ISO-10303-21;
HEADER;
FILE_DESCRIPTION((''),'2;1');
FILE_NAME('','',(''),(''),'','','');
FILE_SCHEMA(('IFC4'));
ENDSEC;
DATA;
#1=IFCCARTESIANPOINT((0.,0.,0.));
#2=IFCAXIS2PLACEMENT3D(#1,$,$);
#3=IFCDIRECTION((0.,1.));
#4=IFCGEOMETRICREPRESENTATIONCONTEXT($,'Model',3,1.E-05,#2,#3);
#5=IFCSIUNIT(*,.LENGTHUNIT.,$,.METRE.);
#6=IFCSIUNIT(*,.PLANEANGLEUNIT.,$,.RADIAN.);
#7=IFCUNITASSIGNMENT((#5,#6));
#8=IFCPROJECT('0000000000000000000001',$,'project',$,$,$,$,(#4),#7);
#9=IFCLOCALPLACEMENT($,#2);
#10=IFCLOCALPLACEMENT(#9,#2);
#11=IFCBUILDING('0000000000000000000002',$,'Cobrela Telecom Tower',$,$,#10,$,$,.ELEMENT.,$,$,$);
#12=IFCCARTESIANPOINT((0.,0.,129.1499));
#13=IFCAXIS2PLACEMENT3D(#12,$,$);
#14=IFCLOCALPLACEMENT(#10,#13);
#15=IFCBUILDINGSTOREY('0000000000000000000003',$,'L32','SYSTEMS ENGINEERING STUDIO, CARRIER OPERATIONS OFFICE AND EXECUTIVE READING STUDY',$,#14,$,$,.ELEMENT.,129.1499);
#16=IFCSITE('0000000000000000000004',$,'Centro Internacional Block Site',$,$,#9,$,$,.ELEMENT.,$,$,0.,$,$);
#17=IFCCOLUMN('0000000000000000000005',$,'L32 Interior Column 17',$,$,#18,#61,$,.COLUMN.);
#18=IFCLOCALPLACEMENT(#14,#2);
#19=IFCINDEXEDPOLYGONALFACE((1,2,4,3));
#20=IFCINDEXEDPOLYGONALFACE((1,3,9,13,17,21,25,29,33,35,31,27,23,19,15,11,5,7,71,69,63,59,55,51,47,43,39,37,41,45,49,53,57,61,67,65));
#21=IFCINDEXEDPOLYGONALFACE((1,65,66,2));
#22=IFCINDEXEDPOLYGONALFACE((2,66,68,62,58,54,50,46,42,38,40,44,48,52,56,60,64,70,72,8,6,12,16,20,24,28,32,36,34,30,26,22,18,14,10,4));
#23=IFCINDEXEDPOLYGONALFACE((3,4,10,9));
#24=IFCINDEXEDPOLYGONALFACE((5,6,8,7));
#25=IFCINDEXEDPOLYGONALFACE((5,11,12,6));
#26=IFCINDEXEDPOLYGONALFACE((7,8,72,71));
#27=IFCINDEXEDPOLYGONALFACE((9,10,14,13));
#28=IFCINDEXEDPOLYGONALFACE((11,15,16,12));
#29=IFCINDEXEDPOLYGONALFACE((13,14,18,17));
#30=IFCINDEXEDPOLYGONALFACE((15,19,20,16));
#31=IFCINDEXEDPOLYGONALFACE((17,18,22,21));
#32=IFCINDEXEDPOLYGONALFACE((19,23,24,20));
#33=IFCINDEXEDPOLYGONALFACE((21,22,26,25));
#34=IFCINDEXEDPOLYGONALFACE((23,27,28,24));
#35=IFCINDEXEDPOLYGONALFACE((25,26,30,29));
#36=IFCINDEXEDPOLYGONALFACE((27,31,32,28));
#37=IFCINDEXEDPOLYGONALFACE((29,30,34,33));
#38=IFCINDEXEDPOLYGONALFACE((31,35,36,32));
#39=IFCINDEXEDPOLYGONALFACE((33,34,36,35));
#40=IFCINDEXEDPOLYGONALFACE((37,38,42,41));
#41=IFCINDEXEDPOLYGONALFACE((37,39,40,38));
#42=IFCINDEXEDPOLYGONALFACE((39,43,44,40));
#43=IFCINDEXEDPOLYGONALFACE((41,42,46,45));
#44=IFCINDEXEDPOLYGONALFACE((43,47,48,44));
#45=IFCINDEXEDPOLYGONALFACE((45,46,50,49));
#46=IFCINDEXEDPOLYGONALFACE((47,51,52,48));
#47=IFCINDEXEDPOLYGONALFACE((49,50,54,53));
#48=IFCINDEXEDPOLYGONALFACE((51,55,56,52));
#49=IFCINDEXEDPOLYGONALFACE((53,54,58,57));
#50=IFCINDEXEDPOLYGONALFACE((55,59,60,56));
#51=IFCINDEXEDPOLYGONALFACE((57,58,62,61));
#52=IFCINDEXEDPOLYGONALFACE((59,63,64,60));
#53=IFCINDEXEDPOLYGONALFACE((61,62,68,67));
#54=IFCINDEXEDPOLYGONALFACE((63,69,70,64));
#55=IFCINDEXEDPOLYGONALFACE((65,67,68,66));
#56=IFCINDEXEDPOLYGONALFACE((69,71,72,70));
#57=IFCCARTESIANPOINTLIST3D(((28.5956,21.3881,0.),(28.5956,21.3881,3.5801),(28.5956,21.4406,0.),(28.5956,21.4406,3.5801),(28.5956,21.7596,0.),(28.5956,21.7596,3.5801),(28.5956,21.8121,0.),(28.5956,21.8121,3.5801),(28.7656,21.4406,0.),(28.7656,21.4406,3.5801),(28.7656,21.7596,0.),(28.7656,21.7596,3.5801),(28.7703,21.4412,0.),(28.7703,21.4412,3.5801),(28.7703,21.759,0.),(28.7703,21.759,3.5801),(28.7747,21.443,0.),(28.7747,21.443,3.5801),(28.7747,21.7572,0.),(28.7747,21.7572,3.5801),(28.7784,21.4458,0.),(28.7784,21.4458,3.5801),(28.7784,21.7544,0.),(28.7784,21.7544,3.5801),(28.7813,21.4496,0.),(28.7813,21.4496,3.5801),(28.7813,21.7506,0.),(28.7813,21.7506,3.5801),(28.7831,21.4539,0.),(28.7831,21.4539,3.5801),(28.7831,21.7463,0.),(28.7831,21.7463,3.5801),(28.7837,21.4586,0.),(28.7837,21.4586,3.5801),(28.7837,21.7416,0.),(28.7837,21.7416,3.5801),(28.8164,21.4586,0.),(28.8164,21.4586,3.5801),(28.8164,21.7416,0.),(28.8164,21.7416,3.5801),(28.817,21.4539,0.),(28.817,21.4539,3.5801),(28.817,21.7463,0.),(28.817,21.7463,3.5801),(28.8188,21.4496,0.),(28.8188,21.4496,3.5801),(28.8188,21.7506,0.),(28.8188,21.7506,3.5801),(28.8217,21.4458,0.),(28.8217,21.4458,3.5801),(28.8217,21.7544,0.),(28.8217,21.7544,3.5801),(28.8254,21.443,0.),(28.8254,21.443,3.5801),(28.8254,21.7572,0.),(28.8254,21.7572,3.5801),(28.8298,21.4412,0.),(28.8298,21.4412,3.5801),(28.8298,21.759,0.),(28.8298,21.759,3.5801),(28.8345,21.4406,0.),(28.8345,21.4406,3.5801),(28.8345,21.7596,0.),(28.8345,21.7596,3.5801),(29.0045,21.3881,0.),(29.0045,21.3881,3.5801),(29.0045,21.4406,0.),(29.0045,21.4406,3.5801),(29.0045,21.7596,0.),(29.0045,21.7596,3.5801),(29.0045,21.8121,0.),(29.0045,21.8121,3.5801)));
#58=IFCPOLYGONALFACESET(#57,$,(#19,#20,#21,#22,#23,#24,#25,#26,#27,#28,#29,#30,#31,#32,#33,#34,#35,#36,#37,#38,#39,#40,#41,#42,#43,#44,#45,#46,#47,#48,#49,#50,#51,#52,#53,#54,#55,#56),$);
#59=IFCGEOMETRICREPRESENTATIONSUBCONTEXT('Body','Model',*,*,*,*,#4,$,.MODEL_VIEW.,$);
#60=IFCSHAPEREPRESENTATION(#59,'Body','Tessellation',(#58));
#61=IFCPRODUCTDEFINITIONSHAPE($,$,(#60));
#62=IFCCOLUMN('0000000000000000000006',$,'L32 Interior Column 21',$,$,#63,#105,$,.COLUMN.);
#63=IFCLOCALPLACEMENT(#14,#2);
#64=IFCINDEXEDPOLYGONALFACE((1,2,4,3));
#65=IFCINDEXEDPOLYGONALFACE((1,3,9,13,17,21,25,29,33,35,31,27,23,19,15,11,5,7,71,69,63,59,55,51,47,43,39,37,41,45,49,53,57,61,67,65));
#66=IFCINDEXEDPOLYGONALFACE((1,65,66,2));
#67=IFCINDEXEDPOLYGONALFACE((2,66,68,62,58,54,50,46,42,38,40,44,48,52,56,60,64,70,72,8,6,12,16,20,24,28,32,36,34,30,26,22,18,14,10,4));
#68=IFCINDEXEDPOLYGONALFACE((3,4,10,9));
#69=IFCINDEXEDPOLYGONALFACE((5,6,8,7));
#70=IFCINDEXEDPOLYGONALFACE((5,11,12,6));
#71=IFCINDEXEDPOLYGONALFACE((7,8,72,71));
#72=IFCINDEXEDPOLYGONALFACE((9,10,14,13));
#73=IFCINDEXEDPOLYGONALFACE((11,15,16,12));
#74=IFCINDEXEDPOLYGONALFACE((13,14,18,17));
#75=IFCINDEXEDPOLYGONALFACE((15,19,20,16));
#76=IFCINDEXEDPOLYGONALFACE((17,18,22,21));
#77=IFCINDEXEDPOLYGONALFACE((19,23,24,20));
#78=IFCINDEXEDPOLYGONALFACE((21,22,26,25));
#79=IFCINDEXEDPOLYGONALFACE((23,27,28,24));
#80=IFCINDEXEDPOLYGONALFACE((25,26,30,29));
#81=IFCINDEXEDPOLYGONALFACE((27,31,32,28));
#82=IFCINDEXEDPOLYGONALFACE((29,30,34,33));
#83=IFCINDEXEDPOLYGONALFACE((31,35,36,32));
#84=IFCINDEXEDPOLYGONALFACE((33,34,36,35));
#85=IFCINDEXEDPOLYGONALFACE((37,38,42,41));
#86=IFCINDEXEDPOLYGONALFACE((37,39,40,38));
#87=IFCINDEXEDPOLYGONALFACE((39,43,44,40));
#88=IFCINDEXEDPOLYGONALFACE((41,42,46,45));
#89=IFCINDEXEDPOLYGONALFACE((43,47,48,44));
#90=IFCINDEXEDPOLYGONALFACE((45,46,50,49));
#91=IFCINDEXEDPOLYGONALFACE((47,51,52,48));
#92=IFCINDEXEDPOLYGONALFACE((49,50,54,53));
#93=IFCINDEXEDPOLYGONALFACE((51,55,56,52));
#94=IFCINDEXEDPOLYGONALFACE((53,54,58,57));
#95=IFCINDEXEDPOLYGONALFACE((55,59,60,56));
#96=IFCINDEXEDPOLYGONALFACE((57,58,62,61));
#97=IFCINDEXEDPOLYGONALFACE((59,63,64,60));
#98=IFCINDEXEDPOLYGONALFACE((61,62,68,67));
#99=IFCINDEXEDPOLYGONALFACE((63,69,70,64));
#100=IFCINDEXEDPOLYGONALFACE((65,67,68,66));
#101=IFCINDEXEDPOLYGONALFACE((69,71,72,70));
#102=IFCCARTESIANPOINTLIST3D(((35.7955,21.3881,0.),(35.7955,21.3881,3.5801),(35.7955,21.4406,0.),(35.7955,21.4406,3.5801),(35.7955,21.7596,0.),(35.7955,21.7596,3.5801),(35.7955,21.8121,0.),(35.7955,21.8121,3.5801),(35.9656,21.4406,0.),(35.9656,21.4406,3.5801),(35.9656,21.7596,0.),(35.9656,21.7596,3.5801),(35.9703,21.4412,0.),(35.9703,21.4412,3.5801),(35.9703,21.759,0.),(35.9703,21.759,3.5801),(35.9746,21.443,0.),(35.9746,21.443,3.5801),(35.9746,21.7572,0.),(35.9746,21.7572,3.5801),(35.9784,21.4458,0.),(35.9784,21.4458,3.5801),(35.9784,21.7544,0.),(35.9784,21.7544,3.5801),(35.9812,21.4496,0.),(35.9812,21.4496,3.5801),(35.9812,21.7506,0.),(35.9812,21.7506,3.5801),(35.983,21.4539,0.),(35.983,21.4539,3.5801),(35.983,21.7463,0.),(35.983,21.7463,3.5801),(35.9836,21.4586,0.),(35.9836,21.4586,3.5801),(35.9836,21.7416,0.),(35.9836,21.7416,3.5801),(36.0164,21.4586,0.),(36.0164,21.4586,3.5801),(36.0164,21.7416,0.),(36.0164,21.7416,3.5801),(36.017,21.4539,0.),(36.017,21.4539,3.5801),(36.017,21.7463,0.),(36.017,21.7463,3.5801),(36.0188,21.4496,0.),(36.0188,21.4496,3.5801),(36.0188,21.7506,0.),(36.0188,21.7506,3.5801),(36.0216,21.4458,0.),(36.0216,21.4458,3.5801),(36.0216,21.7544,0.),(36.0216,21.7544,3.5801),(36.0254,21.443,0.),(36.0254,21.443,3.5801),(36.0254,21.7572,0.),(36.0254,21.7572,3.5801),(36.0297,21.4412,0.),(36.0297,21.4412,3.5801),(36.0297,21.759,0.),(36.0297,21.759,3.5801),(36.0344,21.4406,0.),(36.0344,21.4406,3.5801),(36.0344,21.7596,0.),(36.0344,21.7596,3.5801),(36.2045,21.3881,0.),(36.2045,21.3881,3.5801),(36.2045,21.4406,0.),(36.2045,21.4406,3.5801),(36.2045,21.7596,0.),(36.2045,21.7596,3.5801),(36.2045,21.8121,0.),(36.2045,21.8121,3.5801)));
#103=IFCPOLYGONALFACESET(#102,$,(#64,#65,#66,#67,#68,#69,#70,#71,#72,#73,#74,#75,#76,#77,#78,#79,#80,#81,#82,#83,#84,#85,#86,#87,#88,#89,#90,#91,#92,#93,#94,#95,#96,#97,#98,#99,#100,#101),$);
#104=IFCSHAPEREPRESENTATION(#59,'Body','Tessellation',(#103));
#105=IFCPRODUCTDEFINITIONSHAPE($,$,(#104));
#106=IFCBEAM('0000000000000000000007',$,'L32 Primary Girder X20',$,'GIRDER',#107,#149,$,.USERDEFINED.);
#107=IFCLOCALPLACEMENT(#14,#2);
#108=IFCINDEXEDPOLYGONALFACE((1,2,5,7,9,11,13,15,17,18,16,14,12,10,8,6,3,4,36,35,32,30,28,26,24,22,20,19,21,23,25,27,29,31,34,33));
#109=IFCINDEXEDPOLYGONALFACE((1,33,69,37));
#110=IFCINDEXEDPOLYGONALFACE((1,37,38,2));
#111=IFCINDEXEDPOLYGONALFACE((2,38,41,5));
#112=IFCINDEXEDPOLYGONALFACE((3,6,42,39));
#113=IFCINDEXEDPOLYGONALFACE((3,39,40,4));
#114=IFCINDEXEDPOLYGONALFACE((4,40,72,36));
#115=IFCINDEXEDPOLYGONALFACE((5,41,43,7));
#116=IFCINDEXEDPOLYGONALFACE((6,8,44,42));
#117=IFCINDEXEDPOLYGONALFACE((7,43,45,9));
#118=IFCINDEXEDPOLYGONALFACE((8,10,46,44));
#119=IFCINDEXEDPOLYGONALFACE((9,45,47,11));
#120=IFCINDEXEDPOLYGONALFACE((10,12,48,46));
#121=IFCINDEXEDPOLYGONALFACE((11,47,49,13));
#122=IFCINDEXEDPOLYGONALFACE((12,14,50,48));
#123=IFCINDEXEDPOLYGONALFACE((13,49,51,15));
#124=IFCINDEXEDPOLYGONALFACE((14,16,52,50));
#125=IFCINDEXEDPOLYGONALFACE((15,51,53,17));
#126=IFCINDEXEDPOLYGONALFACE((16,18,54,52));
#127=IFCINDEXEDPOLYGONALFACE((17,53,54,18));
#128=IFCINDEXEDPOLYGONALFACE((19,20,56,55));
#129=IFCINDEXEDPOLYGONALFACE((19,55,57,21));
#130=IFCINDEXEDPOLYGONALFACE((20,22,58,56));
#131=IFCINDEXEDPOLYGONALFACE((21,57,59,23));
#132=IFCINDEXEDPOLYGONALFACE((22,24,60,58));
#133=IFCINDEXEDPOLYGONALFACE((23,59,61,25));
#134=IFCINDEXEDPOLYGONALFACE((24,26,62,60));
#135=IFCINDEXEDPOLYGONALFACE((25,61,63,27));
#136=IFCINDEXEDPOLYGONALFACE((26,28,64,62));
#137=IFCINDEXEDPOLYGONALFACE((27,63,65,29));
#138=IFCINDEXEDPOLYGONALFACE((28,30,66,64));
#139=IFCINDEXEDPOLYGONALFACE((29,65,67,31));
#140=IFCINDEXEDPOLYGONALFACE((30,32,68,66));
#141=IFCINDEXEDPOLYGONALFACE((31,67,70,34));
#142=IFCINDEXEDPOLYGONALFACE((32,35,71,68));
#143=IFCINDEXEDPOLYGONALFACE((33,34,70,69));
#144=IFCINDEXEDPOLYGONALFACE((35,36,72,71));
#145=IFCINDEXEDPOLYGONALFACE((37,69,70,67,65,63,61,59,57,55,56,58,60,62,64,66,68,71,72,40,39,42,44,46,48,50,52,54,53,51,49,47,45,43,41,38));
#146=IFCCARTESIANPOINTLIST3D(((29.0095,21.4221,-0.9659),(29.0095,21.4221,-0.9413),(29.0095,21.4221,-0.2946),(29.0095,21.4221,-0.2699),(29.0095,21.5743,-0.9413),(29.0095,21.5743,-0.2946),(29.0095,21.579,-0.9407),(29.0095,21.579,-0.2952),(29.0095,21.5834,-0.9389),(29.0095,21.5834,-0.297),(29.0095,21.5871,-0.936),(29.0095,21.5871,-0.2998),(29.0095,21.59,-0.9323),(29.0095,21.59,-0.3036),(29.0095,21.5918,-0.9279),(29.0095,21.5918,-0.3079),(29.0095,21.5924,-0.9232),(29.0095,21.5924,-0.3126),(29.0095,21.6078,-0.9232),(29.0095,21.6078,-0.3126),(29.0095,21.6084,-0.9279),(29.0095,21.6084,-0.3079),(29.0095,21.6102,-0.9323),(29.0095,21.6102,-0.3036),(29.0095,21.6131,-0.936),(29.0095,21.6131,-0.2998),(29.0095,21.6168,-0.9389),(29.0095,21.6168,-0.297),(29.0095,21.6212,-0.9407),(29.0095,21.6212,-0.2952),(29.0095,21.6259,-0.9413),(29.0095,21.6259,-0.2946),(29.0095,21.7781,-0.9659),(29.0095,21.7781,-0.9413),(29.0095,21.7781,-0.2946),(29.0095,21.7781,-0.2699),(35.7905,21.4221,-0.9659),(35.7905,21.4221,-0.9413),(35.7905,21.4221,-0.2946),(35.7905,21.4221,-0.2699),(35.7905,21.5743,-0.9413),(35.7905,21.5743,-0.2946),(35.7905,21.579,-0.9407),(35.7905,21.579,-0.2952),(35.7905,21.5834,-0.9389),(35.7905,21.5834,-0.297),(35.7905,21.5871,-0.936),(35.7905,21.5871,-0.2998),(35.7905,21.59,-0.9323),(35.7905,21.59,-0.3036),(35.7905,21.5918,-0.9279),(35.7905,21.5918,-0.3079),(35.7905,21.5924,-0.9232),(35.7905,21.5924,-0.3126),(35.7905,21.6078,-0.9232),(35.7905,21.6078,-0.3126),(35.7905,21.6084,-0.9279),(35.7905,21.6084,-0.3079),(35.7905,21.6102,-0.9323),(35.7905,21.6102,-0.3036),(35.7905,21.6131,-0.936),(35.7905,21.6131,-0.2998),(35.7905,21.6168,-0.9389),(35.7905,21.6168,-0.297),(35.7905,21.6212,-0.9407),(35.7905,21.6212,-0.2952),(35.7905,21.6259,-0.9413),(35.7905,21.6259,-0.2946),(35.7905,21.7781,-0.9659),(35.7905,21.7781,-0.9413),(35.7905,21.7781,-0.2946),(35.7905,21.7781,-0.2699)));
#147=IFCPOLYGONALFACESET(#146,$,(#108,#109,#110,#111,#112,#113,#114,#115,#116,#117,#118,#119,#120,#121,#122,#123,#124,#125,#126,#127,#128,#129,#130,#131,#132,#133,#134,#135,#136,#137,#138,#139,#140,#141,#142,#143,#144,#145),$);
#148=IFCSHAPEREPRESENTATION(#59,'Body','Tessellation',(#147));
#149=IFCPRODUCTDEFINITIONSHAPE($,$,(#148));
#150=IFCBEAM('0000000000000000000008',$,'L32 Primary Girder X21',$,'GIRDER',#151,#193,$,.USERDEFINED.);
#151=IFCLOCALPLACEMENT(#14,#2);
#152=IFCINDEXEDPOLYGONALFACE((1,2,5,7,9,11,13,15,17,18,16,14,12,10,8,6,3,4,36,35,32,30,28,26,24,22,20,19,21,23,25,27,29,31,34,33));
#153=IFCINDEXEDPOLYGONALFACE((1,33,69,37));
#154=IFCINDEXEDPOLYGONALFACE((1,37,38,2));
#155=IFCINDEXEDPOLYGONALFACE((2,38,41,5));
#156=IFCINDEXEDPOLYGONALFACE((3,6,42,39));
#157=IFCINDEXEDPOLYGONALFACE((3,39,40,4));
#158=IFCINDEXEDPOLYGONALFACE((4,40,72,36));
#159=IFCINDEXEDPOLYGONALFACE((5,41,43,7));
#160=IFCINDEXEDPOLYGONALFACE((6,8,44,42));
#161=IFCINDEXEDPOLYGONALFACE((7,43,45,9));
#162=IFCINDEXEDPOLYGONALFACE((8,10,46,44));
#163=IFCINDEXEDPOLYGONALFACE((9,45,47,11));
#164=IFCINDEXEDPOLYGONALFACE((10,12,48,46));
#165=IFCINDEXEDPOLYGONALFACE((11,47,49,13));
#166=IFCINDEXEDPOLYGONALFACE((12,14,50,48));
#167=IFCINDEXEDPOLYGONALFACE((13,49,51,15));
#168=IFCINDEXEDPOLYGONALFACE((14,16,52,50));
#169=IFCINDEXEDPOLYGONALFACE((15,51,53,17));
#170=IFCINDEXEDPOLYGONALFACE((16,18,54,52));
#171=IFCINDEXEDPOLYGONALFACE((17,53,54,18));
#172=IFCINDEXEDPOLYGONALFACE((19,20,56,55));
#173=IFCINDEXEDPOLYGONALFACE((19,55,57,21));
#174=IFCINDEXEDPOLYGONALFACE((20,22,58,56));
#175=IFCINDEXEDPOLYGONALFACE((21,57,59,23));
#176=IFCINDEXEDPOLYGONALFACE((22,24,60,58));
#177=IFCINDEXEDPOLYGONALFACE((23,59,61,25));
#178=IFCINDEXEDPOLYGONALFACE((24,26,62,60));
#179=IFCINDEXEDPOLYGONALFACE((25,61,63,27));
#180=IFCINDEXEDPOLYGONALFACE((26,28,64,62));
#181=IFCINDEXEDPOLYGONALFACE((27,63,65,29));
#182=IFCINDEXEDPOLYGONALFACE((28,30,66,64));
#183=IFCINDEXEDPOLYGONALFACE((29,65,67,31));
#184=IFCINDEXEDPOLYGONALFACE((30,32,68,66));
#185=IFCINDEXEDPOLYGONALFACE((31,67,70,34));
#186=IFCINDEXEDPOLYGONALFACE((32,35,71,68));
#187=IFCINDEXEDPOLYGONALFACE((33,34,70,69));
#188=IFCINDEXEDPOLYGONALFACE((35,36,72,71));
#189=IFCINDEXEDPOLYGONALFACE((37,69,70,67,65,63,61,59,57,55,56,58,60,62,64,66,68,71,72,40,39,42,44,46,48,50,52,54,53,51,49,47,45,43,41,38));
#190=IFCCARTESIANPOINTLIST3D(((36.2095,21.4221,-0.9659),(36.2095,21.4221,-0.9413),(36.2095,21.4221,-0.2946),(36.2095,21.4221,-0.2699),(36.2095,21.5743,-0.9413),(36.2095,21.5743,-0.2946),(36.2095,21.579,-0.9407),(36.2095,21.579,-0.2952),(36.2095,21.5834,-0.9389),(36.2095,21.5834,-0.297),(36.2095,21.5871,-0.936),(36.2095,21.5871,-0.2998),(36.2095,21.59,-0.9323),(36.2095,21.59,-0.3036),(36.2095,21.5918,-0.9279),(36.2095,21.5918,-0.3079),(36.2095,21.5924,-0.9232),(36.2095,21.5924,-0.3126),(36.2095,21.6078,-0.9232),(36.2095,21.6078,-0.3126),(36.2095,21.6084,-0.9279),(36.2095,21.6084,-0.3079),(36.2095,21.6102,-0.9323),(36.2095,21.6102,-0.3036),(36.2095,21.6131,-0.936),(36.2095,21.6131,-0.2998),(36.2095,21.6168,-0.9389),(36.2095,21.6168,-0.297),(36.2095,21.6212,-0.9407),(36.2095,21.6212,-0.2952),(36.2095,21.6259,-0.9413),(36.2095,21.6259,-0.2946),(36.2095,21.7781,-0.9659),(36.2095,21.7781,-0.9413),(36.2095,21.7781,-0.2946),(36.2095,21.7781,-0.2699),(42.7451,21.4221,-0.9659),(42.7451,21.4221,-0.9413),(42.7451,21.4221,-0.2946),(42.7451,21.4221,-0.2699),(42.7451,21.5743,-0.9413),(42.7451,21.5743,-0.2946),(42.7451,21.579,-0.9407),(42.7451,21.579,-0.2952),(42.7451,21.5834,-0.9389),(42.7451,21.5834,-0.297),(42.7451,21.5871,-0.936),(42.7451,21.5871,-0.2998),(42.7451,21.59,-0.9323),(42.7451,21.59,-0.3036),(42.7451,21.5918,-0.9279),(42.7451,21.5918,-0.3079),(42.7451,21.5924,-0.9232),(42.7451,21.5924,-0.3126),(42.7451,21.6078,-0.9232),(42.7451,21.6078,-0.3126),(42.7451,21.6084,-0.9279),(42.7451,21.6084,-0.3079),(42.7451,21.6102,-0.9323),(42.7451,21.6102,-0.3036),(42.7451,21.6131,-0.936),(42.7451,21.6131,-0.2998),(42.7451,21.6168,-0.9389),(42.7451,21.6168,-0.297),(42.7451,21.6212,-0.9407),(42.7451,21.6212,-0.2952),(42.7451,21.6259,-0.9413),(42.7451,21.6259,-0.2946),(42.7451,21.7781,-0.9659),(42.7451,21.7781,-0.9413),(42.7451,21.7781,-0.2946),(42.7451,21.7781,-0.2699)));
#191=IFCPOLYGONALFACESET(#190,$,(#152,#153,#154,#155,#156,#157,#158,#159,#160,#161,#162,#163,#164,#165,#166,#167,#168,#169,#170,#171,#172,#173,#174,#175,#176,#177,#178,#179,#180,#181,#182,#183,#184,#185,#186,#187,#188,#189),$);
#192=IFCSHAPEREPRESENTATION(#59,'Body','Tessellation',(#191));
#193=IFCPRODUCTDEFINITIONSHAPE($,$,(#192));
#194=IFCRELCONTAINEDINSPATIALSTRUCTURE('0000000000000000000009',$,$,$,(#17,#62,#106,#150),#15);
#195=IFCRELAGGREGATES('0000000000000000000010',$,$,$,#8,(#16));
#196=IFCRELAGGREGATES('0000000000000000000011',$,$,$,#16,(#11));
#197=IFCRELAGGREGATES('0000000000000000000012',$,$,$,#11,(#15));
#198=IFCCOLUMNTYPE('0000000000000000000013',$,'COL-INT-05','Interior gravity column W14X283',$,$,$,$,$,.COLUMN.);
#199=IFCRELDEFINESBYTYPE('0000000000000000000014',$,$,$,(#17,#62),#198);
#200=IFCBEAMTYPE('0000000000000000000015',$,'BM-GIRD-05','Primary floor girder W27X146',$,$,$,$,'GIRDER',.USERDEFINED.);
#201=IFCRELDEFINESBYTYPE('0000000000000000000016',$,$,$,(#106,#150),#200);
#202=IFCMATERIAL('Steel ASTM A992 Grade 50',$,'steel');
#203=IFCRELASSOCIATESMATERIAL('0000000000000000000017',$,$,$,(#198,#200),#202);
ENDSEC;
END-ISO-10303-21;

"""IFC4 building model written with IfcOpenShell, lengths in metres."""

from ifc_helpers import new_model, si_unit, direction, frame, origin, origin_2d, place, context, subcontext, project, spatial, i_section, extrude, material, material_profile, profile_set, type_object, element, save


model = new_model("IFC4")

# Units and contexts
model_context = context("Model", 3, precision=1e-05, world=origin(), true_north=direction((0.0, 1.0)))
body_context = subcontext(model_context, "Body", "Model", "MODEL_VIEW")
ifc_project = project(units=[si_unit("LENGTHUNIT", "METRE"), si_unit("PLANEANGLEUNIT", "RADIAN")], contexts=[model_context])

# Site, building, storey
site_placement = place(None, origin())
site = spatial("IfcSite", under=ifc_project, at=site_placement, Name="Centro Internacional Block Site", CompositionType="ELEMENT", RefElevation=0.0)
building_placement = place(site_placement, origin())
building = spatial("IfcBuilding", under=site, at=building_placement, Name="Cobrela Telecom Tower", CompositionType="ELEMENT")
storey_placement = place(building_placement, frame((0.0, 0.0, 129.1499)))
storey = spatial("IfcBuildingStorey", under=building, at=storey_placement, Name="L32", Description="SYSTEMS ENGINEERING STUDIO, CARRIER OPERATIONS OFFICE AND EXECUTIVE READING STUDY", CompositionType="ELEMENT", Elevation=129.1499)

# Columns
ifc_material_1 = material(Name="Steel ASTM A992 Grade 50", Category="steel")
ifc_material_profile_1 = material_profile(ifc_material_1, i_section(OverallWidth=0.4089, OverallDepth=0.4241, WebThickness=0.0327, FlangeThickness=0.0525, FilletRadius=0.0181, at=origin_2d()), Name="W14X283")
ifc_profile_set_1 = profile_set([ifc_material_profile_1], Name="Steel ASTM A992 Grade 50")
column_type = type_object("IfcColumnType", Name="COL-INT-05", Description="Interior gravity column W14X283", PredefinedType="COLUMN", material=ifc_profile_set_1)
for number, where, z_axis, x_axis, name in (
    (1, (28.8, 21.6001, 0.0), (0.0, 0.0, 1.0), (1.0, 0.0, 0.0), "L32 Interior Column 17"),
    (2, (36.0, 21.6001, 0.0), (0.0, 0.0, 1.0), (1.0, 0.0, 0.0), "L32 Interior Column 21"),
):
    element("IfcColumn", number, at=place(storey_placement, frame(where, z_axis=z_axis, x_axis=x_axis)), inside=storey, type_object=column_type, Name=name, PredefinedType="COLUMN", context=body_context, shape_type="SweptSolid", body=[
        extrude(i_section(OverallWidth=0.4089, OverallDepth=0.4241, WebThickness=0.0327, FlangeThickness=0.0525, FilletRadius=0.0181, at=origin_2d()), origin(), (0.0, 0.0, 1.0), 3.5801),
    ])

# Beams
ifc_material_profile_2 = material_profile(ifc_material_1, i_section(OverallWidth=0.356, OverallDepth=0.696, WebThickness=0.0154, FlangeThickness=0.0247, FilletRadius=0.0181, at=origin_2d()), Name="W27X146")
ifc_profile_set_2 = profile_set([ifc_material_profile_2], Name="Steel ASTM A992 Grade 50")
beam_type_1 = type_object("IfcBeamType", Name="BM-GIRD-05", Description="Primary floor girder W27X146", ElementType="GIRDER", PredefinedType="USERDEFINED", material=ifc_profile_set_2)
beam_1_placement = place(storey_placement, frame((29.0095, 21.6001, -0.6179), z_axis=(1.0, 0.0, 0.0), x_axis=(0.0, 1.0, 0.0)))
element("IfcBeam", 3, at=beam_1_placement, inside=storey, type_object=beam_type_1, Name="L32 Primary Girder X20", ObjectType="GIRDER", PredefinedType="USERDEFINED", context=body_context, shape_type="SweptSolid", body=[
    extrude(i_section(OverallWidth=0.356, OverallDepth=0.696, WebThickness=0.0154, FlangeThickness=0.0247, FilletRadius=0.0181, at=origin_2d()), origin(), (0.0, 0.0, 1.0), 6.781),
])
beam_2_placement = place(storey_placement, frame((36.2095, 21.6001, -0.6179), z_axis=(1.0, 0.0, 0.0), x_axis=(0.0, 1.0, 0.0)))
element("IfcBeam", 4, at=beam_2_placement, inside=storey, type_object=beam_type_1, Name="L32 Primary Girder X21", ObjectType="GIRDER", PredefinedType="USERDEFINED", context=body_context, shape_type="SweptSolid", body=[
    extrude(i_section(OverallWidth=0.356, OverallDepth=0.696, WebThickness=0.0154, FlangeThickness=0.0247, FilletRadius=0.0181, at=origin_2d()), origin(), (0.0, 0.0, 1.0), 6.5356),
])

save(model, "model.ifc")
